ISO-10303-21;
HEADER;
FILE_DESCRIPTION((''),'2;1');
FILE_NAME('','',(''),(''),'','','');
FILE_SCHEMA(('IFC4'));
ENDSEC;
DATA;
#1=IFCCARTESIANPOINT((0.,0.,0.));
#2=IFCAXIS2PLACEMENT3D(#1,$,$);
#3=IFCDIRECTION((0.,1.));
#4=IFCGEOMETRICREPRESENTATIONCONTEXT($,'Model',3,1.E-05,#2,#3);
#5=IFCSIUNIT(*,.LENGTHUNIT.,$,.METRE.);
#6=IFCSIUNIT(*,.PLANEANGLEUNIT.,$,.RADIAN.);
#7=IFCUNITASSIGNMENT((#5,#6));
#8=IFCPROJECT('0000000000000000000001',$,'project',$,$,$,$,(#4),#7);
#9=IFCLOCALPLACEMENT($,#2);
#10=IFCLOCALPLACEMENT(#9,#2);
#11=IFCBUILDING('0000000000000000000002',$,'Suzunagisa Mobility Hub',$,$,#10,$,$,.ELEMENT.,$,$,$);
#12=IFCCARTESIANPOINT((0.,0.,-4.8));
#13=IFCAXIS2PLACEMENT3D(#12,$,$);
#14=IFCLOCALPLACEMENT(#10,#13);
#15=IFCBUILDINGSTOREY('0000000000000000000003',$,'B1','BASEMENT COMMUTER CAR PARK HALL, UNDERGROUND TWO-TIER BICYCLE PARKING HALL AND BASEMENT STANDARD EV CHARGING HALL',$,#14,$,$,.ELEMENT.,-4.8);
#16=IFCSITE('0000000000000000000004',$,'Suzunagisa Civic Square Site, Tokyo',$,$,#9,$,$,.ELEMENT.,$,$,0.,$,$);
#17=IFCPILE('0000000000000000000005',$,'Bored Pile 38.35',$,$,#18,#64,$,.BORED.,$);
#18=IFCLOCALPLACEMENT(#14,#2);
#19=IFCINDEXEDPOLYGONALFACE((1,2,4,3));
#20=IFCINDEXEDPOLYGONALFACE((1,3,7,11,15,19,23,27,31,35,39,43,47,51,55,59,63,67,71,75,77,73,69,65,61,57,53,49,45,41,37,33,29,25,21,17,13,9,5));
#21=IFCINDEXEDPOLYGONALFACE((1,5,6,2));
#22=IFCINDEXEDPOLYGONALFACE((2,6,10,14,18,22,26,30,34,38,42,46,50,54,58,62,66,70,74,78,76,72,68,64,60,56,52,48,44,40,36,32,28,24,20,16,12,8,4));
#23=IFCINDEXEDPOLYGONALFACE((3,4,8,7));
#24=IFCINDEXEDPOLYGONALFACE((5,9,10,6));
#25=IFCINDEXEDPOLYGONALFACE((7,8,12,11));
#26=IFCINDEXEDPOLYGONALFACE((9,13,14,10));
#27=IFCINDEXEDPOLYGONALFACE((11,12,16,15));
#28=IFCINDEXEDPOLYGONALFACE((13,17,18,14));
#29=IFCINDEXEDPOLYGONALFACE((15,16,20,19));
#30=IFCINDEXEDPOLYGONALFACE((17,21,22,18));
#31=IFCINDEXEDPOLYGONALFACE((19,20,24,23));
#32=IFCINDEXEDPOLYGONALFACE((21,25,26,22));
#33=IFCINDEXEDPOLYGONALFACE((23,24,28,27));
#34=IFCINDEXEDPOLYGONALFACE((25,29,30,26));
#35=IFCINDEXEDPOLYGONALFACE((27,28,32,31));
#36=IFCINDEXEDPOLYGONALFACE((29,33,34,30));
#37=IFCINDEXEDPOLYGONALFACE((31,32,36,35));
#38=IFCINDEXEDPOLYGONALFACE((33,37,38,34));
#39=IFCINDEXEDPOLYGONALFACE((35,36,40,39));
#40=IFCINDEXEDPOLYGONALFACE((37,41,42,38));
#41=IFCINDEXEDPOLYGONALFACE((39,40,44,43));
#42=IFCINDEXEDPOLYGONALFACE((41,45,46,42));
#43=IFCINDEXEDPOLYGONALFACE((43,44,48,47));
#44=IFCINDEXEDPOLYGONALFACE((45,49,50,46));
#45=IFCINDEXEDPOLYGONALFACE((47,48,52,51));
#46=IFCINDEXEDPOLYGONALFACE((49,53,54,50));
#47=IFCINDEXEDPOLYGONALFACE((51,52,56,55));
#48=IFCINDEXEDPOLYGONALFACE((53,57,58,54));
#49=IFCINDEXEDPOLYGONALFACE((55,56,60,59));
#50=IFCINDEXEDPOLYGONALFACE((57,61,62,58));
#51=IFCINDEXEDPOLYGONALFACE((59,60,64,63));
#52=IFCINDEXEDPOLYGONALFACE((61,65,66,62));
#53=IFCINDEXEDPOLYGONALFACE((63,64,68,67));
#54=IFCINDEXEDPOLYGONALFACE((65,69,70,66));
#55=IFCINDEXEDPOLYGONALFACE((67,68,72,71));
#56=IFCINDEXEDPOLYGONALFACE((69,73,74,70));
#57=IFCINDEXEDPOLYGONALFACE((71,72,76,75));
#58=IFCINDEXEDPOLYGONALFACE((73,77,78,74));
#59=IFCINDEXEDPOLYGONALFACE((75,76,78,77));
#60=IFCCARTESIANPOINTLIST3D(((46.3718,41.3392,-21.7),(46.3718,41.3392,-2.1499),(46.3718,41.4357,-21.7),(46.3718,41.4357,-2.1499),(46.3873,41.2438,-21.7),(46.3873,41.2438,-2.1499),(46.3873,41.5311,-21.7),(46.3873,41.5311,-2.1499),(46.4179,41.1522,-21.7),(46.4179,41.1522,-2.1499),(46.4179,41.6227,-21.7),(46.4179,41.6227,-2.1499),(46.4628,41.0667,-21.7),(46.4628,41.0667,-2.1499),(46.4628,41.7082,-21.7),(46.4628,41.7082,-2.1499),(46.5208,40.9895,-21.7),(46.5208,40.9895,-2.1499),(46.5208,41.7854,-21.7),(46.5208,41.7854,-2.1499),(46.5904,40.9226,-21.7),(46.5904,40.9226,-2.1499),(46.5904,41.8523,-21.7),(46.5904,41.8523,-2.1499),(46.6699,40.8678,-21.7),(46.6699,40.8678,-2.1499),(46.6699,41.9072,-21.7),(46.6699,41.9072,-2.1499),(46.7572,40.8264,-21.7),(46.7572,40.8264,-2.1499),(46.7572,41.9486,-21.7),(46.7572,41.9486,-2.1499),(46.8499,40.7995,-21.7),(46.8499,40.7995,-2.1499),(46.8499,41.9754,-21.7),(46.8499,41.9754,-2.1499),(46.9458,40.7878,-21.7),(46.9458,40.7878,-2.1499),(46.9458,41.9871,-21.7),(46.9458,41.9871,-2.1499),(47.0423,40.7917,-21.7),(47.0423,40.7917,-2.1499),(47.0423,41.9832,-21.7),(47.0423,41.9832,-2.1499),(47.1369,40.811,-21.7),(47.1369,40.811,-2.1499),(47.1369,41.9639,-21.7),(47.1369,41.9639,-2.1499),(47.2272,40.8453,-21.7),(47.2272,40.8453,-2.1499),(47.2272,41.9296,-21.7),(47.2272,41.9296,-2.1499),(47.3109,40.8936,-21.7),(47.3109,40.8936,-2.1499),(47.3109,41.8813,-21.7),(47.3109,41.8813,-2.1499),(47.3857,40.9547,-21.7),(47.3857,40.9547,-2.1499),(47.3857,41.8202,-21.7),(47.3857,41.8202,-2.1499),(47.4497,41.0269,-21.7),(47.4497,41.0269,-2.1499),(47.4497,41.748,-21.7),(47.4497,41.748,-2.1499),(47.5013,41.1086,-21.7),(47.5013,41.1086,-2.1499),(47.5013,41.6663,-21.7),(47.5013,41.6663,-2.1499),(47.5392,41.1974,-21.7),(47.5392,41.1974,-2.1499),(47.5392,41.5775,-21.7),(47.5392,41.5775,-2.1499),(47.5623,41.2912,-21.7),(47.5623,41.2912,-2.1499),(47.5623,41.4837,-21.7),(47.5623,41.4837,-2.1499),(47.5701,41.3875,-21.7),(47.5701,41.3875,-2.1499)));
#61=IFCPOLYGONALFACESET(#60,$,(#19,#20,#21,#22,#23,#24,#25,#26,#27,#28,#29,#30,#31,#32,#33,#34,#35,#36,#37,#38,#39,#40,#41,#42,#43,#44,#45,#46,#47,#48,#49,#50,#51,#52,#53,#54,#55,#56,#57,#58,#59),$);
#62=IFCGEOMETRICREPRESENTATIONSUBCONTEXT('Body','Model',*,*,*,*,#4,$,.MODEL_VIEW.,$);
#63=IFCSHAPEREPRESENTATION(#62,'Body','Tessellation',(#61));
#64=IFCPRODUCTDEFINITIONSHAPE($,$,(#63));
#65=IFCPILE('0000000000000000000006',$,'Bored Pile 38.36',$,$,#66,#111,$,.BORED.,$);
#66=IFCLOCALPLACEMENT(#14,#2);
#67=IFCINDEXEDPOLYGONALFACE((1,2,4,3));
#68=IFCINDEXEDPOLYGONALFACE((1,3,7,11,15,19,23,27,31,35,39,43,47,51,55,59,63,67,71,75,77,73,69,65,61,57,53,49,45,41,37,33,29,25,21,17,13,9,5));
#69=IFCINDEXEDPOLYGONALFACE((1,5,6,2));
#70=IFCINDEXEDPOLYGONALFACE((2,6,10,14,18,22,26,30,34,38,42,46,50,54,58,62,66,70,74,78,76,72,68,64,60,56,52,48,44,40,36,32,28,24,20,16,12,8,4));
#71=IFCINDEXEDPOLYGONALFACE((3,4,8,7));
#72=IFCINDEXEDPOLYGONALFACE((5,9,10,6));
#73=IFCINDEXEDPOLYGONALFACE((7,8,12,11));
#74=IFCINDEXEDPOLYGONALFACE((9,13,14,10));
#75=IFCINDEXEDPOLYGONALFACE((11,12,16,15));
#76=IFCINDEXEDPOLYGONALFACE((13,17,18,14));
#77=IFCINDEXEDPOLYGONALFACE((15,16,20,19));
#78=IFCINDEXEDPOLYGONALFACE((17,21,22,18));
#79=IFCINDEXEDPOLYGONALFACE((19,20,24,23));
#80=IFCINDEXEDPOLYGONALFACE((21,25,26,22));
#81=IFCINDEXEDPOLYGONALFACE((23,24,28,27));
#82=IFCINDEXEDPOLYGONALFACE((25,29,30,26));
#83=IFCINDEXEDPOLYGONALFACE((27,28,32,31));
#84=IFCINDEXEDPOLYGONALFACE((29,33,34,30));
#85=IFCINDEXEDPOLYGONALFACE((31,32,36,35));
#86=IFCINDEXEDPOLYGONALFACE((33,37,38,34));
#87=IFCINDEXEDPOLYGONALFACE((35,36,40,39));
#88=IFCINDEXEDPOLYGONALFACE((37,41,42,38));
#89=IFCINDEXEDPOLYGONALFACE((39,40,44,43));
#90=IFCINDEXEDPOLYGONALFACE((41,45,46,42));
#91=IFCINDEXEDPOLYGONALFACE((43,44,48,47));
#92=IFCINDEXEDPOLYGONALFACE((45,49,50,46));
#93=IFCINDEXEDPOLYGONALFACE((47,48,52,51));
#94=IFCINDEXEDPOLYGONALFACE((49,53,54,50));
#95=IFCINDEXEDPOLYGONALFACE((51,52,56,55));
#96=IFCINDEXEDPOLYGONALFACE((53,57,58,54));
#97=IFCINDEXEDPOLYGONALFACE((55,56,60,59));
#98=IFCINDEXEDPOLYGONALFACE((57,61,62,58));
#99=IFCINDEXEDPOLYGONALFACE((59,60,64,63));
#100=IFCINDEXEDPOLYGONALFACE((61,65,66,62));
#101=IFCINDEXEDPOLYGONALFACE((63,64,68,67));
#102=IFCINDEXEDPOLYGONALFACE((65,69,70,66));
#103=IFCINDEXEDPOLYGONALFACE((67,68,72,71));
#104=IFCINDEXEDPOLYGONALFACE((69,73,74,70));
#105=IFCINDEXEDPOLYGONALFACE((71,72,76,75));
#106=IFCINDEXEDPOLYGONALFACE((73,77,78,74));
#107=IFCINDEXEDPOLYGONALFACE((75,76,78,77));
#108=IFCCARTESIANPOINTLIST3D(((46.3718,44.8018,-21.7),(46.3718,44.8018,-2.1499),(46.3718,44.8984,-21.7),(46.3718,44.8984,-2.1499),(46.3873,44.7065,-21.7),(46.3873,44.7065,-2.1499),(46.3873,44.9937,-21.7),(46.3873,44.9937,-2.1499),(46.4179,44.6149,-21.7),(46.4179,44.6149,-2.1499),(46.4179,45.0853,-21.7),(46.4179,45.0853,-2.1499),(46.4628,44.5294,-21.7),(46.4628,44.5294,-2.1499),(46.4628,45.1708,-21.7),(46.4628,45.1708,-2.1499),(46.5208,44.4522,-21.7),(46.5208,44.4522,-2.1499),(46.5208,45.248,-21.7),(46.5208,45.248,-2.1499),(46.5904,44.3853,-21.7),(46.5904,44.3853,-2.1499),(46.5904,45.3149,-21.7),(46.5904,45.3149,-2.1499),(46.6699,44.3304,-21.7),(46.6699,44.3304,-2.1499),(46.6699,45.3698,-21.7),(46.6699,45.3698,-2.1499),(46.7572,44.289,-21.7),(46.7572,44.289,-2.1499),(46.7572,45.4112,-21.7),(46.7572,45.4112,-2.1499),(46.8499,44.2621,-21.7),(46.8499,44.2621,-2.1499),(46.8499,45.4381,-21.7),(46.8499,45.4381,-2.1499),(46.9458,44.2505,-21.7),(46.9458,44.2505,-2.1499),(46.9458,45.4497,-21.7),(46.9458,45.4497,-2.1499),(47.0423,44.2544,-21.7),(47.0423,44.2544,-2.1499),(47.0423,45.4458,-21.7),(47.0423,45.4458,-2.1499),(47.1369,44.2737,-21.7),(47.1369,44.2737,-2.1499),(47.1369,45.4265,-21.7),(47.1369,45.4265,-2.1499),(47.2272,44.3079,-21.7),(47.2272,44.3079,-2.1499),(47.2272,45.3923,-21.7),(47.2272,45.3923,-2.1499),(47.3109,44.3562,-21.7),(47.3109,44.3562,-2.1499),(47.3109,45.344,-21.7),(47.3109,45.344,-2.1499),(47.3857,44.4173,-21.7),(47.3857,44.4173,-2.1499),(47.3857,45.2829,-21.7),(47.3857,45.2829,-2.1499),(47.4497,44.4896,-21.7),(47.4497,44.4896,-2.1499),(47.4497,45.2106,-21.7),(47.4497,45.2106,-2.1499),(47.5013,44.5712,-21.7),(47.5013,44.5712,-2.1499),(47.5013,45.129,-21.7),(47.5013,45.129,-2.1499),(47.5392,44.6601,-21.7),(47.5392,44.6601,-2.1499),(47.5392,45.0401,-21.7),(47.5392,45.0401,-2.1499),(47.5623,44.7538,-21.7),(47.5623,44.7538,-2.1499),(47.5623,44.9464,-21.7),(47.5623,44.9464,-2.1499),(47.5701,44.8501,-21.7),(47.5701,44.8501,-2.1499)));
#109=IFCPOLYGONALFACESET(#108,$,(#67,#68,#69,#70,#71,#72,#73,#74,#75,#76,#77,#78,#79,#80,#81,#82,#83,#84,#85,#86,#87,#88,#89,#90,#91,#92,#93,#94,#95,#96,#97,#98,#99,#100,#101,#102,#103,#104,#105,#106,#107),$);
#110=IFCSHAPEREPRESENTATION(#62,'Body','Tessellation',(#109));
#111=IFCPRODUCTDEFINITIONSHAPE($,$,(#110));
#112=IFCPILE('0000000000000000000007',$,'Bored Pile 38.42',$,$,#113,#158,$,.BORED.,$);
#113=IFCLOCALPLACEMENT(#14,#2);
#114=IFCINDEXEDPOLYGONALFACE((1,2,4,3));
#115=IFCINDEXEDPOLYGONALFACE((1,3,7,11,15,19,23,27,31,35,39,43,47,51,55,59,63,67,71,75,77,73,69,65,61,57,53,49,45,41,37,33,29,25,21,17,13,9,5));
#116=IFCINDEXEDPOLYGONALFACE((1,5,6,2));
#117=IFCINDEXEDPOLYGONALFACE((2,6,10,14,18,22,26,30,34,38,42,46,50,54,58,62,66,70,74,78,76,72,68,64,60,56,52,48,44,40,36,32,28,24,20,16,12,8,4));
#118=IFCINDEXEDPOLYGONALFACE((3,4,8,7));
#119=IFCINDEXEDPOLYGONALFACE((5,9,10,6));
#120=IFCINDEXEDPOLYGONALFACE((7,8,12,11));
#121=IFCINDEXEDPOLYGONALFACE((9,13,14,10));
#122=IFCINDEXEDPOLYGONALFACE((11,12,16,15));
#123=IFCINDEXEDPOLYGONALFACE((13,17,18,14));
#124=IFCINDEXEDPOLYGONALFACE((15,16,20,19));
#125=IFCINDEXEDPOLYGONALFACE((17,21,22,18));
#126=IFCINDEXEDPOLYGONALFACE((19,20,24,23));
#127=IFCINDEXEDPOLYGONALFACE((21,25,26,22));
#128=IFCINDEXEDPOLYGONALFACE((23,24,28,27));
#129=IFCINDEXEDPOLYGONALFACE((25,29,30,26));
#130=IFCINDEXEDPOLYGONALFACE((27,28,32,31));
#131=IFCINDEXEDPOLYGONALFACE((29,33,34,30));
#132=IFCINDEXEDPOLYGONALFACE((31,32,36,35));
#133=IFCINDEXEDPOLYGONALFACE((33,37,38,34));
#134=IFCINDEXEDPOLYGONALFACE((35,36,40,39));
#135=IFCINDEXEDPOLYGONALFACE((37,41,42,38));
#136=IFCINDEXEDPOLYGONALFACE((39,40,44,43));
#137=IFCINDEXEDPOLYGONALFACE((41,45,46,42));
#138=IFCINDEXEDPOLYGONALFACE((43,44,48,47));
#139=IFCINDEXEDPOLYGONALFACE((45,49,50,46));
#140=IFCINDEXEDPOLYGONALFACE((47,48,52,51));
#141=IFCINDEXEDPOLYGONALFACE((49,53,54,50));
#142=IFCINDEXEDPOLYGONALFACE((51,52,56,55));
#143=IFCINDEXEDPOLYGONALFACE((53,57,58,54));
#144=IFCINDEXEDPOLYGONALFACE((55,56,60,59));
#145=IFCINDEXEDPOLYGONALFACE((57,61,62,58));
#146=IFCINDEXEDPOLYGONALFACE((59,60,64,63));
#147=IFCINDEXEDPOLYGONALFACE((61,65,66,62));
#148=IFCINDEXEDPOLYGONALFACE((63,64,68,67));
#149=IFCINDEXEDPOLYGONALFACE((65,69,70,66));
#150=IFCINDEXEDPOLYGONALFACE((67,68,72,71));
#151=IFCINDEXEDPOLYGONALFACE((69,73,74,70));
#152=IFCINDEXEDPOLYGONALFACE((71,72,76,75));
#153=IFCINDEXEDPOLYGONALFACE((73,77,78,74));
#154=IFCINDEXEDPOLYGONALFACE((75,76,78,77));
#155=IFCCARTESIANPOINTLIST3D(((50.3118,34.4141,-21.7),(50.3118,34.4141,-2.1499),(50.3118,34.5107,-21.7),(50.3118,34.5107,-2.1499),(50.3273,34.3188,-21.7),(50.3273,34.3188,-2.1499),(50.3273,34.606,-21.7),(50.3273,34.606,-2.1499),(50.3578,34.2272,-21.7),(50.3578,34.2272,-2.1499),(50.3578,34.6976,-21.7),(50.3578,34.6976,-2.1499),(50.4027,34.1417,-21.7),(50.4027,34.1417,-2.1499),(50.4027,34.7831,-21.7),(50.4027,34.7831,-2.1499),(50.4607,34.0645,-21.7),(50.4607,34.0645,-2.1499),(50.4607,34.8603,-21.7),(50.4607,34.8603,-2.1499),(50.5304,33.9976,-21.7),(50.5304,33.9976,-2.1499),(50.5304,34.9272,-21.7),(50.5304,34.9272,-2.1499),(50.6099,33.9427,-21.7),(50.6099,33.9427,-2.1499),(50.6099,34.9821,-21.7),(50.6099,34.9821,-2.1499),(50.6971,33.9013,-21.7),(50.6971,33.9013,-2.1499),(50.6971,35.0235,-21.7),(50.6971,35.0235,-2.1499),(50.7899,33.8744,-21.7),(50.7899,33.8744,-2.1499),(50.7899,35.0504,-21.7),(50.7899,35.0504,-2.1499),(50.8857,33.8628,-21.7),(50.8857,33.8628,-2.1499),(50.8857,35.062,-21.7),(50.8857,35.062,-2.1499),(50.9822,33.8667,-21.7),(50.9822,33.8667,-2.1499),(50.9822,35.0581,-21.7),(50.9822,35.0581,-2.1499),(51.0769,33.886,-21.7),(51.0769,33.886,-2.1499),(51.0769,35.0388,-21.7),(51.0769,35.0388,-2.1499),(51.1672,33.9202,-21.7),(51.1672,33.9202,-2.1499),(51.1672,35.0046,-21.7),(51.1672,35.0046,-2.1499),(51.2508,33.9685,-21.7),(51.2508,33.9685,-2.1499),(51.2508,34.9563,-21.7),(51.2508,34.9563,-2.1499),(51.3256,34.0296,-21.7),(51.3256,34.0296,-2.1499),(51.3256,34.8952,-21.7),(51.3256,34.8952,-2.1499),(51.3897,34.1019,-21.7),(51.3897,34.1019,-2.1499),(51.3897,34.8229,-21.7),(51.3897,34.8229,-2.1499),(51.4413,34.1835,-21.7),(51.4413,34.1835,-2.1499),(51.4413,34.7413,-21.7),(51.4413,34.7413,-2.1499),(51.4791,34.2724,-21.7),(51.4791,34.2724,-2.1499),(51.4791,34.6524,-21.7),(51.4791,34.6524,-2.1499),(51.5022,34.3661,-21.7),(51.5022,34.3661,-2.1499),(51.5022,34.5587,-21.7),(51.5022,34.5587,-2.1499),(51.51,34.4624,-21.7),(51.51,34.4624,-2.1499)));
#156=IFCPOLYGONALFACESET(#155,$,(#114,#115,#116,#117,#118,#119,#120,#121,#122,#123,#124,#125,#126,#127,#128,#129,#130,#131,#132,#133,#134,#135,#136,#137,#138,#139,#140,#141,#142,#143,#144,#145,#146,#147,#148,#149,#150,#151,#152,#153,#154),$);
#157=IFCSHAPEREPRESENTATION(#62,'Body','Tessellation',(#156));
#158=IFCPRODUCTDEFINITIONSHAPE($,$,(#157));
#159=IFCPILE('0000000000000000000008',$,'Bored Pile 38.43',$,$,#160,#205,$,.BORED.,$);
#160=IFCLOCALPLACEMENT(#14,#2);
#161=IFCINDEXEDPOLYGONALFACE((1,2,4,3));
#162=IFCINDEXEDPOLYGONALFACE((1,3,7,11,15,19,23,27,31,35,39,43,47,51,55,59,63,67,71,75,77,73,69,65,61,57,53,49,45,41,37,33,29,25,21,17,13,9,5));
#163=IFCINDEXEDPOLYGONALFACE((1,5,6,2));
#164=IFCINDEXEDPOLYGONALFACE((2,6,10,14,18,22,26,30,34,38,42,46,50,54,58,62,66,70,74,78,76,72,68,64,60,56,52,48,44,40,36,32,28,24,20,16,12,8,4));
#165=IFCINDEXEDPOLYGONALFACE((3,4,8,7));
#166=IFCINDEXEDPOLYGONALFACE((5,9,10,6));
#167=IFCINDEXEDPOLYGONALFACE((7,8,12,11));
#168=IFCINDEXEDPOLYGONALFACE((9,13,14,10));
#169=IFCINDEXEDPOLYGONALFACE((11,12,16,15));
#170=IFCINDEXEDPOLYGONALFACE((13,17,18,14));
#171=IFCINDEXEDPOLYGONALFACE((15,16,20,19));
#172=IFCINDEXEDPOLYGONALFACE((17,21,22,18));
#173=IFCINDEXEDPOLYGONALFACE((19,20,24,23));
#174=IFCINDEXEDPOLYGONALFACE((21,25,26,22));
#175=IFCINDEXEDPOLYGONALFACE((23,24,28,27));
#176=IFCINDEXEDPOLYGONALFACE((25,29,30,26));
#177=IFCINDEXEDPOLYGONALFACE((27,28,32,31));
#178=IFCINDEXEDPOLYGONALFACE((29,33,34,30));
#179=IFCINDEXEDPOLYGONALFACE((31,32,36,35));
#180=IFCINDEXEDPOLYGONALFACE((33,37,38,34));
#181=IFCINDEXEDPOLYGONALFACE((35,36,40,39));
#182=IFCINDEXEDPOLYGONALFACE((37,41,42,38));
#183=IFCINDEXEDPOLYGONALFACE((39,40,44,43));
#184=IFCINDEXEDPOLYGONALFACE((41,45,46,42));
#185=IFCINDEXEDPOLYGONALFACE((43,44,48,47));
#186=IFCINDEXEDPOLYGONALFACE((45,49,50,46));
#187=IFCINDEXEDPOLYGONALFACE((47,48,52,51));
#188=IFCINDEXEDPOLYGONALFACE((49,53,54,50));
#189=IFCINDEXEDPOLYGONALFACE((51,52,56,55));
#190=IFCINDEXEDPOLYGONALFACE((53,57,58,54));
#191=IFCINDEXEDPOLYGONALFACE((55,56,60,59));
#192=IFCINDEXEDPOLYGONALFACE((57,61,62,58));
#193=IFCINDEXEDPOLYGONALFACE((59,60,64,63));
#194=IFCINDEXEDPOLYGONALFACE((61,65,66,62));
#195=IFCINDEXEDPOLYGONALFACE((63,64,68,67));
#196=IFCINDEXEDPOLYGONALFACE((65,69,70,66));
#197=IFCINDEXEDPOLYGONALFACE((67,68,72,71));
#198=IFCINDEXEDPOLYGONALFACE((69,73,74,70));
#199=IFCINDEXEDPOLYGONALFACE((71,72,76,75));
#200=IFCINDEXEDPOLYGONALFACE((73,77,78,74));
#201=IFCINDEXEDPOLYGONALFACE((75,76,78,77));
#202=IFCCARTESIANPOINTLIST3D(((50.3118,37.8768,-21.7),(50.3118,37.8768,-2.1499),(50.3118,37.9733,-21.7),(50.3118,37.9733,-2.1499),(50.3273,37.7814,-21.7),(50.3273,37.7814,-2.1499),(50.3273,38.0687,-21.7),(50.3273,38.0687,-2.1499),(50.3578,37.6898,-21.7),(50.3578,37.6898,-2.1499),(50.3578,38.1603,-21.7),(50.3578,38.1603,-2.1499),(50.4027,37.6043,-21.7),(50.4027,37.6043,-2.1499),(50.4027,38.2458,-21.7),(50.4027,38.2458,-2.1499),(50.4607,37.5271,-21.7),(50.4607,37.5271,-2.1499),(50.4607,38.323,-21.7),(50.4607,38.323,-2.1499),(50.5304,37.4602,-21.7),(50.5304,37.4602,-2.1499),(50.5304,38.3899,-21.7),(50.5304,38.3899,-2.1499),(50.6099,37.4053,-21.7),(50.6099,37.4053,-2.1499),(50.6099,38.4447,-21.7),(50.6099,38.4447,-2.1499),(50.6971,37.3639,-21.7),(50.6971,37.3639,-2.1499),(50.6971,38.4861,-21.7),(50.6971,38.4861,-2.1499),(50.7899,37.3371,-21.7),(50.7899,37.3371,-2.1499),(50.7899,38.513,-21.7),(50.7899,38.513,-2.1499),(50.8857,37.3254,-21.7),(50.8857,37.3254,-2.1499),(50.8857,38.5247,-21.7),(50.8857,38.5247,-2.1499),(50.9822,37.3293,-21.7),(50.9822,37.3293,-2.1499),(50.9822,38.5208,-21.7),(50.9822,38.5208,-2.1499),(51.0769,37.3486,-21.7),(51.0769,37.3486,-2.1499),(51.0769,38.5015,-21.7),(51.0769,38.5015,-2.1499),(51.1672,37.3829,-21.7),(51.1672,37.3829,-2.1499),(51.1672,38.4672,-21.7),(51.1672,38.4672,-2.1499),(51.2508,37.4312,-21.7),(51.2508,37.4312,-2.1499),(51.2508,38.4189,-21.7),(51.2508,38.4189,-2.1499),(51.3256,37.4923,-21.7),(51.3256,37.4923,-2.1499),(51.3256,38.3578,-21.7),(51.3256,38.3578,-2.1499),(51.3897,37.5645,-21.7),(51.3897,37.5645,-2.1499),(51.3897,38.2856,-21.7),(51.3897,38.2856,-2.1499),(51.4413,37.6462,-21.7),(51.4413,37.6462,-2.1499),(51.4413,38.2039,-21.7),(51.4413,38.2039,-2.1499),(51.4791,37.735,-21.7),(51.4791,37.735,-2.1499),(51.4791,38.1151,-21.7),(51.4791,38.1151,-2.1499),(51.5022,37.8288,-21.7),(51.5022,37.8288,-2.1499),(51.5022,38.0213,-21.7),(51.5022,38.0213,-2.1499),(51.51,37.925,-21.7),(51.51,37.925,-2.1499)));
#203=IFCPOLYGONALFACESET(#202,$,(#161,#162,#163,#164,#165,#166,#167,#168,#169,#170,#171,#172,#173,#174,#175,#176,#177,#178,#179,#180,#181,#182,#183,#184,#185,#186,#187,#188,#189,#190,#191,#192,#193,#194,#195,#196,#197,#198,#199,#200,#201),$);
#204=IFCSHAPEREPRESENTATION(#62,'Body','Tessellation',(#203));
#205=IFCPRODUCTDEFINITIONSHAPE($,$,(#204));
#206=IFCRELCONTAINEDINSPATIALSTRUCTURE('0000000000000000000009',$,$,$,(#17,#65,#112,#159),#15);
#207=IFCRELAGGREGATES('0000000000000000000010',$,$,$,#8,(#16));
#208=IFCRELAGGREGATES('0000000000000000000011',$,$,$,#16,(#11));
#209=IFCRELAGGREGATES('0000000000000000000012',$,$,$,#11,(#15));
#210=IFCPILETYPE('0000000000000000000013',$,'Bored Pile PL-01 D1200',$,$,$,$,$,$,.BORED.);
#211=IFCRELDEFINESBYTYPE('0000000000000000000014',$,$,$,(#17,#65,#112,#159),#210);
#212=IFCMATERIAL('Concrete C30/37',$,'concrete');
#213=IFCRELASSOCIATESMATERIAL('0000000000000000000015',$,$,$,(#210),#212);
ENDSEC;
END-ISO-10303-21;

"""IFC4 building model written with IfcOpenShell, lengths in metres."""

from ifc_helpers import new_model, si_unit, direction, frame, origin, origin_2d, place, context, subcontext, project, spatial, circle, extrude, material, material_profile, profile_set, type_object, element, save


model = new_model("IFC4")

# Units and contexts
model_context = context("Model", 3, precision=1e-05, world=origin(), true_north=direction((0.0, 1.0)))
body_context = subcontext(model_context, "Body", "Model", "MODEL_VIEW")
ifc_project = project(units=[si_unit("LENGTHUNIT", "METRE"), si_unit("PLANEANGLEUNIT", "RADIAN")], contexts=[model_context])

# Site, building, storey
site_placement = place(None, origin())
site = spatial("IfcSite", under=ifc_project, at=site_placement, Name="Suzunagisa Civic Square Site, Tokyo", CompositionType="ELEMENT", RefElevation=0.0)
building_placement = place(site_placement, origin())
building = spatial("IfcBuilding", under=site, at=building_placement, Name="Suzunagisa Mobility Hub", CompositionType="ELEMENT")
storey_placement = place(building_placement, frame((0.0, 0.0, -4.8)))
storey = spatial("IfcBuildingStorey", under=building, at=storey_placement, Name="B1", Description="BASEMENT COMMUTER CAR PARK HALL, UNDERGROUND TWO-TIER BICYCLE PARKING HALL AND BASEMENT STANDARD EV CHARGING HALL", CompositionType="ELEMENT", Elevation=-4.8)

# Piles
ifc_material_1 = material(Name="Concrete C30/37", Category="concrete")
ifc_material_profile_1 = material_profile(ifc_material_1, circle(Radius=0.6001, at=origin_2d()), Name="BORED PILE D1200")
ifc_profile_set_1 = profile_set([ifc_material_profile_1], Name="Concrete C30/37")
pile_type = type_object("IfcPileType", Name="Bored Pile PL-01 D1200", PredefinedType="BORED", material=ifc_profile_set_1)
for number, where, z_axis, x_axis, name in (
    (1, (46.97, 41.3875, -2.1499), (0.0, 0.0, -1.0), (1.0, 0.0, 0.0), "Bored Pile 38.35"),
    (2, (46.97, 44.8501, -2.1499), (0.0, 0.0, -1.0), (1.0, 0.0, 0.0), "Bored Pile 38.36"),
    (3, (50.9099, 34.4624, -2.1499), (0.0, 0.0, -1.0), (1.0, 0.0, 0.0), "Bored Pile 38.42"),
    (4, (50.9099, 37.925, -2.1499), (0.0, 0.0, -1.0), (1.0, 0.0, 0.0), "Bored Pile 38.43"),
):
    element("IfcPile", number, at=place(storey_placement, frame(where, z_axis=z_axis, x_axis=x_axis)), inside=storey, type_object=pile_type, Name=name, PredefinedType="BORED", context=body_context, shape_type="SweptSolid", body=[
        extrude(circle(Radius=0.6001, at=origin_2d()), origin(), (0.0, 0.0, 1.0), 19.55),
    ])

save(model, "model.ifc")
